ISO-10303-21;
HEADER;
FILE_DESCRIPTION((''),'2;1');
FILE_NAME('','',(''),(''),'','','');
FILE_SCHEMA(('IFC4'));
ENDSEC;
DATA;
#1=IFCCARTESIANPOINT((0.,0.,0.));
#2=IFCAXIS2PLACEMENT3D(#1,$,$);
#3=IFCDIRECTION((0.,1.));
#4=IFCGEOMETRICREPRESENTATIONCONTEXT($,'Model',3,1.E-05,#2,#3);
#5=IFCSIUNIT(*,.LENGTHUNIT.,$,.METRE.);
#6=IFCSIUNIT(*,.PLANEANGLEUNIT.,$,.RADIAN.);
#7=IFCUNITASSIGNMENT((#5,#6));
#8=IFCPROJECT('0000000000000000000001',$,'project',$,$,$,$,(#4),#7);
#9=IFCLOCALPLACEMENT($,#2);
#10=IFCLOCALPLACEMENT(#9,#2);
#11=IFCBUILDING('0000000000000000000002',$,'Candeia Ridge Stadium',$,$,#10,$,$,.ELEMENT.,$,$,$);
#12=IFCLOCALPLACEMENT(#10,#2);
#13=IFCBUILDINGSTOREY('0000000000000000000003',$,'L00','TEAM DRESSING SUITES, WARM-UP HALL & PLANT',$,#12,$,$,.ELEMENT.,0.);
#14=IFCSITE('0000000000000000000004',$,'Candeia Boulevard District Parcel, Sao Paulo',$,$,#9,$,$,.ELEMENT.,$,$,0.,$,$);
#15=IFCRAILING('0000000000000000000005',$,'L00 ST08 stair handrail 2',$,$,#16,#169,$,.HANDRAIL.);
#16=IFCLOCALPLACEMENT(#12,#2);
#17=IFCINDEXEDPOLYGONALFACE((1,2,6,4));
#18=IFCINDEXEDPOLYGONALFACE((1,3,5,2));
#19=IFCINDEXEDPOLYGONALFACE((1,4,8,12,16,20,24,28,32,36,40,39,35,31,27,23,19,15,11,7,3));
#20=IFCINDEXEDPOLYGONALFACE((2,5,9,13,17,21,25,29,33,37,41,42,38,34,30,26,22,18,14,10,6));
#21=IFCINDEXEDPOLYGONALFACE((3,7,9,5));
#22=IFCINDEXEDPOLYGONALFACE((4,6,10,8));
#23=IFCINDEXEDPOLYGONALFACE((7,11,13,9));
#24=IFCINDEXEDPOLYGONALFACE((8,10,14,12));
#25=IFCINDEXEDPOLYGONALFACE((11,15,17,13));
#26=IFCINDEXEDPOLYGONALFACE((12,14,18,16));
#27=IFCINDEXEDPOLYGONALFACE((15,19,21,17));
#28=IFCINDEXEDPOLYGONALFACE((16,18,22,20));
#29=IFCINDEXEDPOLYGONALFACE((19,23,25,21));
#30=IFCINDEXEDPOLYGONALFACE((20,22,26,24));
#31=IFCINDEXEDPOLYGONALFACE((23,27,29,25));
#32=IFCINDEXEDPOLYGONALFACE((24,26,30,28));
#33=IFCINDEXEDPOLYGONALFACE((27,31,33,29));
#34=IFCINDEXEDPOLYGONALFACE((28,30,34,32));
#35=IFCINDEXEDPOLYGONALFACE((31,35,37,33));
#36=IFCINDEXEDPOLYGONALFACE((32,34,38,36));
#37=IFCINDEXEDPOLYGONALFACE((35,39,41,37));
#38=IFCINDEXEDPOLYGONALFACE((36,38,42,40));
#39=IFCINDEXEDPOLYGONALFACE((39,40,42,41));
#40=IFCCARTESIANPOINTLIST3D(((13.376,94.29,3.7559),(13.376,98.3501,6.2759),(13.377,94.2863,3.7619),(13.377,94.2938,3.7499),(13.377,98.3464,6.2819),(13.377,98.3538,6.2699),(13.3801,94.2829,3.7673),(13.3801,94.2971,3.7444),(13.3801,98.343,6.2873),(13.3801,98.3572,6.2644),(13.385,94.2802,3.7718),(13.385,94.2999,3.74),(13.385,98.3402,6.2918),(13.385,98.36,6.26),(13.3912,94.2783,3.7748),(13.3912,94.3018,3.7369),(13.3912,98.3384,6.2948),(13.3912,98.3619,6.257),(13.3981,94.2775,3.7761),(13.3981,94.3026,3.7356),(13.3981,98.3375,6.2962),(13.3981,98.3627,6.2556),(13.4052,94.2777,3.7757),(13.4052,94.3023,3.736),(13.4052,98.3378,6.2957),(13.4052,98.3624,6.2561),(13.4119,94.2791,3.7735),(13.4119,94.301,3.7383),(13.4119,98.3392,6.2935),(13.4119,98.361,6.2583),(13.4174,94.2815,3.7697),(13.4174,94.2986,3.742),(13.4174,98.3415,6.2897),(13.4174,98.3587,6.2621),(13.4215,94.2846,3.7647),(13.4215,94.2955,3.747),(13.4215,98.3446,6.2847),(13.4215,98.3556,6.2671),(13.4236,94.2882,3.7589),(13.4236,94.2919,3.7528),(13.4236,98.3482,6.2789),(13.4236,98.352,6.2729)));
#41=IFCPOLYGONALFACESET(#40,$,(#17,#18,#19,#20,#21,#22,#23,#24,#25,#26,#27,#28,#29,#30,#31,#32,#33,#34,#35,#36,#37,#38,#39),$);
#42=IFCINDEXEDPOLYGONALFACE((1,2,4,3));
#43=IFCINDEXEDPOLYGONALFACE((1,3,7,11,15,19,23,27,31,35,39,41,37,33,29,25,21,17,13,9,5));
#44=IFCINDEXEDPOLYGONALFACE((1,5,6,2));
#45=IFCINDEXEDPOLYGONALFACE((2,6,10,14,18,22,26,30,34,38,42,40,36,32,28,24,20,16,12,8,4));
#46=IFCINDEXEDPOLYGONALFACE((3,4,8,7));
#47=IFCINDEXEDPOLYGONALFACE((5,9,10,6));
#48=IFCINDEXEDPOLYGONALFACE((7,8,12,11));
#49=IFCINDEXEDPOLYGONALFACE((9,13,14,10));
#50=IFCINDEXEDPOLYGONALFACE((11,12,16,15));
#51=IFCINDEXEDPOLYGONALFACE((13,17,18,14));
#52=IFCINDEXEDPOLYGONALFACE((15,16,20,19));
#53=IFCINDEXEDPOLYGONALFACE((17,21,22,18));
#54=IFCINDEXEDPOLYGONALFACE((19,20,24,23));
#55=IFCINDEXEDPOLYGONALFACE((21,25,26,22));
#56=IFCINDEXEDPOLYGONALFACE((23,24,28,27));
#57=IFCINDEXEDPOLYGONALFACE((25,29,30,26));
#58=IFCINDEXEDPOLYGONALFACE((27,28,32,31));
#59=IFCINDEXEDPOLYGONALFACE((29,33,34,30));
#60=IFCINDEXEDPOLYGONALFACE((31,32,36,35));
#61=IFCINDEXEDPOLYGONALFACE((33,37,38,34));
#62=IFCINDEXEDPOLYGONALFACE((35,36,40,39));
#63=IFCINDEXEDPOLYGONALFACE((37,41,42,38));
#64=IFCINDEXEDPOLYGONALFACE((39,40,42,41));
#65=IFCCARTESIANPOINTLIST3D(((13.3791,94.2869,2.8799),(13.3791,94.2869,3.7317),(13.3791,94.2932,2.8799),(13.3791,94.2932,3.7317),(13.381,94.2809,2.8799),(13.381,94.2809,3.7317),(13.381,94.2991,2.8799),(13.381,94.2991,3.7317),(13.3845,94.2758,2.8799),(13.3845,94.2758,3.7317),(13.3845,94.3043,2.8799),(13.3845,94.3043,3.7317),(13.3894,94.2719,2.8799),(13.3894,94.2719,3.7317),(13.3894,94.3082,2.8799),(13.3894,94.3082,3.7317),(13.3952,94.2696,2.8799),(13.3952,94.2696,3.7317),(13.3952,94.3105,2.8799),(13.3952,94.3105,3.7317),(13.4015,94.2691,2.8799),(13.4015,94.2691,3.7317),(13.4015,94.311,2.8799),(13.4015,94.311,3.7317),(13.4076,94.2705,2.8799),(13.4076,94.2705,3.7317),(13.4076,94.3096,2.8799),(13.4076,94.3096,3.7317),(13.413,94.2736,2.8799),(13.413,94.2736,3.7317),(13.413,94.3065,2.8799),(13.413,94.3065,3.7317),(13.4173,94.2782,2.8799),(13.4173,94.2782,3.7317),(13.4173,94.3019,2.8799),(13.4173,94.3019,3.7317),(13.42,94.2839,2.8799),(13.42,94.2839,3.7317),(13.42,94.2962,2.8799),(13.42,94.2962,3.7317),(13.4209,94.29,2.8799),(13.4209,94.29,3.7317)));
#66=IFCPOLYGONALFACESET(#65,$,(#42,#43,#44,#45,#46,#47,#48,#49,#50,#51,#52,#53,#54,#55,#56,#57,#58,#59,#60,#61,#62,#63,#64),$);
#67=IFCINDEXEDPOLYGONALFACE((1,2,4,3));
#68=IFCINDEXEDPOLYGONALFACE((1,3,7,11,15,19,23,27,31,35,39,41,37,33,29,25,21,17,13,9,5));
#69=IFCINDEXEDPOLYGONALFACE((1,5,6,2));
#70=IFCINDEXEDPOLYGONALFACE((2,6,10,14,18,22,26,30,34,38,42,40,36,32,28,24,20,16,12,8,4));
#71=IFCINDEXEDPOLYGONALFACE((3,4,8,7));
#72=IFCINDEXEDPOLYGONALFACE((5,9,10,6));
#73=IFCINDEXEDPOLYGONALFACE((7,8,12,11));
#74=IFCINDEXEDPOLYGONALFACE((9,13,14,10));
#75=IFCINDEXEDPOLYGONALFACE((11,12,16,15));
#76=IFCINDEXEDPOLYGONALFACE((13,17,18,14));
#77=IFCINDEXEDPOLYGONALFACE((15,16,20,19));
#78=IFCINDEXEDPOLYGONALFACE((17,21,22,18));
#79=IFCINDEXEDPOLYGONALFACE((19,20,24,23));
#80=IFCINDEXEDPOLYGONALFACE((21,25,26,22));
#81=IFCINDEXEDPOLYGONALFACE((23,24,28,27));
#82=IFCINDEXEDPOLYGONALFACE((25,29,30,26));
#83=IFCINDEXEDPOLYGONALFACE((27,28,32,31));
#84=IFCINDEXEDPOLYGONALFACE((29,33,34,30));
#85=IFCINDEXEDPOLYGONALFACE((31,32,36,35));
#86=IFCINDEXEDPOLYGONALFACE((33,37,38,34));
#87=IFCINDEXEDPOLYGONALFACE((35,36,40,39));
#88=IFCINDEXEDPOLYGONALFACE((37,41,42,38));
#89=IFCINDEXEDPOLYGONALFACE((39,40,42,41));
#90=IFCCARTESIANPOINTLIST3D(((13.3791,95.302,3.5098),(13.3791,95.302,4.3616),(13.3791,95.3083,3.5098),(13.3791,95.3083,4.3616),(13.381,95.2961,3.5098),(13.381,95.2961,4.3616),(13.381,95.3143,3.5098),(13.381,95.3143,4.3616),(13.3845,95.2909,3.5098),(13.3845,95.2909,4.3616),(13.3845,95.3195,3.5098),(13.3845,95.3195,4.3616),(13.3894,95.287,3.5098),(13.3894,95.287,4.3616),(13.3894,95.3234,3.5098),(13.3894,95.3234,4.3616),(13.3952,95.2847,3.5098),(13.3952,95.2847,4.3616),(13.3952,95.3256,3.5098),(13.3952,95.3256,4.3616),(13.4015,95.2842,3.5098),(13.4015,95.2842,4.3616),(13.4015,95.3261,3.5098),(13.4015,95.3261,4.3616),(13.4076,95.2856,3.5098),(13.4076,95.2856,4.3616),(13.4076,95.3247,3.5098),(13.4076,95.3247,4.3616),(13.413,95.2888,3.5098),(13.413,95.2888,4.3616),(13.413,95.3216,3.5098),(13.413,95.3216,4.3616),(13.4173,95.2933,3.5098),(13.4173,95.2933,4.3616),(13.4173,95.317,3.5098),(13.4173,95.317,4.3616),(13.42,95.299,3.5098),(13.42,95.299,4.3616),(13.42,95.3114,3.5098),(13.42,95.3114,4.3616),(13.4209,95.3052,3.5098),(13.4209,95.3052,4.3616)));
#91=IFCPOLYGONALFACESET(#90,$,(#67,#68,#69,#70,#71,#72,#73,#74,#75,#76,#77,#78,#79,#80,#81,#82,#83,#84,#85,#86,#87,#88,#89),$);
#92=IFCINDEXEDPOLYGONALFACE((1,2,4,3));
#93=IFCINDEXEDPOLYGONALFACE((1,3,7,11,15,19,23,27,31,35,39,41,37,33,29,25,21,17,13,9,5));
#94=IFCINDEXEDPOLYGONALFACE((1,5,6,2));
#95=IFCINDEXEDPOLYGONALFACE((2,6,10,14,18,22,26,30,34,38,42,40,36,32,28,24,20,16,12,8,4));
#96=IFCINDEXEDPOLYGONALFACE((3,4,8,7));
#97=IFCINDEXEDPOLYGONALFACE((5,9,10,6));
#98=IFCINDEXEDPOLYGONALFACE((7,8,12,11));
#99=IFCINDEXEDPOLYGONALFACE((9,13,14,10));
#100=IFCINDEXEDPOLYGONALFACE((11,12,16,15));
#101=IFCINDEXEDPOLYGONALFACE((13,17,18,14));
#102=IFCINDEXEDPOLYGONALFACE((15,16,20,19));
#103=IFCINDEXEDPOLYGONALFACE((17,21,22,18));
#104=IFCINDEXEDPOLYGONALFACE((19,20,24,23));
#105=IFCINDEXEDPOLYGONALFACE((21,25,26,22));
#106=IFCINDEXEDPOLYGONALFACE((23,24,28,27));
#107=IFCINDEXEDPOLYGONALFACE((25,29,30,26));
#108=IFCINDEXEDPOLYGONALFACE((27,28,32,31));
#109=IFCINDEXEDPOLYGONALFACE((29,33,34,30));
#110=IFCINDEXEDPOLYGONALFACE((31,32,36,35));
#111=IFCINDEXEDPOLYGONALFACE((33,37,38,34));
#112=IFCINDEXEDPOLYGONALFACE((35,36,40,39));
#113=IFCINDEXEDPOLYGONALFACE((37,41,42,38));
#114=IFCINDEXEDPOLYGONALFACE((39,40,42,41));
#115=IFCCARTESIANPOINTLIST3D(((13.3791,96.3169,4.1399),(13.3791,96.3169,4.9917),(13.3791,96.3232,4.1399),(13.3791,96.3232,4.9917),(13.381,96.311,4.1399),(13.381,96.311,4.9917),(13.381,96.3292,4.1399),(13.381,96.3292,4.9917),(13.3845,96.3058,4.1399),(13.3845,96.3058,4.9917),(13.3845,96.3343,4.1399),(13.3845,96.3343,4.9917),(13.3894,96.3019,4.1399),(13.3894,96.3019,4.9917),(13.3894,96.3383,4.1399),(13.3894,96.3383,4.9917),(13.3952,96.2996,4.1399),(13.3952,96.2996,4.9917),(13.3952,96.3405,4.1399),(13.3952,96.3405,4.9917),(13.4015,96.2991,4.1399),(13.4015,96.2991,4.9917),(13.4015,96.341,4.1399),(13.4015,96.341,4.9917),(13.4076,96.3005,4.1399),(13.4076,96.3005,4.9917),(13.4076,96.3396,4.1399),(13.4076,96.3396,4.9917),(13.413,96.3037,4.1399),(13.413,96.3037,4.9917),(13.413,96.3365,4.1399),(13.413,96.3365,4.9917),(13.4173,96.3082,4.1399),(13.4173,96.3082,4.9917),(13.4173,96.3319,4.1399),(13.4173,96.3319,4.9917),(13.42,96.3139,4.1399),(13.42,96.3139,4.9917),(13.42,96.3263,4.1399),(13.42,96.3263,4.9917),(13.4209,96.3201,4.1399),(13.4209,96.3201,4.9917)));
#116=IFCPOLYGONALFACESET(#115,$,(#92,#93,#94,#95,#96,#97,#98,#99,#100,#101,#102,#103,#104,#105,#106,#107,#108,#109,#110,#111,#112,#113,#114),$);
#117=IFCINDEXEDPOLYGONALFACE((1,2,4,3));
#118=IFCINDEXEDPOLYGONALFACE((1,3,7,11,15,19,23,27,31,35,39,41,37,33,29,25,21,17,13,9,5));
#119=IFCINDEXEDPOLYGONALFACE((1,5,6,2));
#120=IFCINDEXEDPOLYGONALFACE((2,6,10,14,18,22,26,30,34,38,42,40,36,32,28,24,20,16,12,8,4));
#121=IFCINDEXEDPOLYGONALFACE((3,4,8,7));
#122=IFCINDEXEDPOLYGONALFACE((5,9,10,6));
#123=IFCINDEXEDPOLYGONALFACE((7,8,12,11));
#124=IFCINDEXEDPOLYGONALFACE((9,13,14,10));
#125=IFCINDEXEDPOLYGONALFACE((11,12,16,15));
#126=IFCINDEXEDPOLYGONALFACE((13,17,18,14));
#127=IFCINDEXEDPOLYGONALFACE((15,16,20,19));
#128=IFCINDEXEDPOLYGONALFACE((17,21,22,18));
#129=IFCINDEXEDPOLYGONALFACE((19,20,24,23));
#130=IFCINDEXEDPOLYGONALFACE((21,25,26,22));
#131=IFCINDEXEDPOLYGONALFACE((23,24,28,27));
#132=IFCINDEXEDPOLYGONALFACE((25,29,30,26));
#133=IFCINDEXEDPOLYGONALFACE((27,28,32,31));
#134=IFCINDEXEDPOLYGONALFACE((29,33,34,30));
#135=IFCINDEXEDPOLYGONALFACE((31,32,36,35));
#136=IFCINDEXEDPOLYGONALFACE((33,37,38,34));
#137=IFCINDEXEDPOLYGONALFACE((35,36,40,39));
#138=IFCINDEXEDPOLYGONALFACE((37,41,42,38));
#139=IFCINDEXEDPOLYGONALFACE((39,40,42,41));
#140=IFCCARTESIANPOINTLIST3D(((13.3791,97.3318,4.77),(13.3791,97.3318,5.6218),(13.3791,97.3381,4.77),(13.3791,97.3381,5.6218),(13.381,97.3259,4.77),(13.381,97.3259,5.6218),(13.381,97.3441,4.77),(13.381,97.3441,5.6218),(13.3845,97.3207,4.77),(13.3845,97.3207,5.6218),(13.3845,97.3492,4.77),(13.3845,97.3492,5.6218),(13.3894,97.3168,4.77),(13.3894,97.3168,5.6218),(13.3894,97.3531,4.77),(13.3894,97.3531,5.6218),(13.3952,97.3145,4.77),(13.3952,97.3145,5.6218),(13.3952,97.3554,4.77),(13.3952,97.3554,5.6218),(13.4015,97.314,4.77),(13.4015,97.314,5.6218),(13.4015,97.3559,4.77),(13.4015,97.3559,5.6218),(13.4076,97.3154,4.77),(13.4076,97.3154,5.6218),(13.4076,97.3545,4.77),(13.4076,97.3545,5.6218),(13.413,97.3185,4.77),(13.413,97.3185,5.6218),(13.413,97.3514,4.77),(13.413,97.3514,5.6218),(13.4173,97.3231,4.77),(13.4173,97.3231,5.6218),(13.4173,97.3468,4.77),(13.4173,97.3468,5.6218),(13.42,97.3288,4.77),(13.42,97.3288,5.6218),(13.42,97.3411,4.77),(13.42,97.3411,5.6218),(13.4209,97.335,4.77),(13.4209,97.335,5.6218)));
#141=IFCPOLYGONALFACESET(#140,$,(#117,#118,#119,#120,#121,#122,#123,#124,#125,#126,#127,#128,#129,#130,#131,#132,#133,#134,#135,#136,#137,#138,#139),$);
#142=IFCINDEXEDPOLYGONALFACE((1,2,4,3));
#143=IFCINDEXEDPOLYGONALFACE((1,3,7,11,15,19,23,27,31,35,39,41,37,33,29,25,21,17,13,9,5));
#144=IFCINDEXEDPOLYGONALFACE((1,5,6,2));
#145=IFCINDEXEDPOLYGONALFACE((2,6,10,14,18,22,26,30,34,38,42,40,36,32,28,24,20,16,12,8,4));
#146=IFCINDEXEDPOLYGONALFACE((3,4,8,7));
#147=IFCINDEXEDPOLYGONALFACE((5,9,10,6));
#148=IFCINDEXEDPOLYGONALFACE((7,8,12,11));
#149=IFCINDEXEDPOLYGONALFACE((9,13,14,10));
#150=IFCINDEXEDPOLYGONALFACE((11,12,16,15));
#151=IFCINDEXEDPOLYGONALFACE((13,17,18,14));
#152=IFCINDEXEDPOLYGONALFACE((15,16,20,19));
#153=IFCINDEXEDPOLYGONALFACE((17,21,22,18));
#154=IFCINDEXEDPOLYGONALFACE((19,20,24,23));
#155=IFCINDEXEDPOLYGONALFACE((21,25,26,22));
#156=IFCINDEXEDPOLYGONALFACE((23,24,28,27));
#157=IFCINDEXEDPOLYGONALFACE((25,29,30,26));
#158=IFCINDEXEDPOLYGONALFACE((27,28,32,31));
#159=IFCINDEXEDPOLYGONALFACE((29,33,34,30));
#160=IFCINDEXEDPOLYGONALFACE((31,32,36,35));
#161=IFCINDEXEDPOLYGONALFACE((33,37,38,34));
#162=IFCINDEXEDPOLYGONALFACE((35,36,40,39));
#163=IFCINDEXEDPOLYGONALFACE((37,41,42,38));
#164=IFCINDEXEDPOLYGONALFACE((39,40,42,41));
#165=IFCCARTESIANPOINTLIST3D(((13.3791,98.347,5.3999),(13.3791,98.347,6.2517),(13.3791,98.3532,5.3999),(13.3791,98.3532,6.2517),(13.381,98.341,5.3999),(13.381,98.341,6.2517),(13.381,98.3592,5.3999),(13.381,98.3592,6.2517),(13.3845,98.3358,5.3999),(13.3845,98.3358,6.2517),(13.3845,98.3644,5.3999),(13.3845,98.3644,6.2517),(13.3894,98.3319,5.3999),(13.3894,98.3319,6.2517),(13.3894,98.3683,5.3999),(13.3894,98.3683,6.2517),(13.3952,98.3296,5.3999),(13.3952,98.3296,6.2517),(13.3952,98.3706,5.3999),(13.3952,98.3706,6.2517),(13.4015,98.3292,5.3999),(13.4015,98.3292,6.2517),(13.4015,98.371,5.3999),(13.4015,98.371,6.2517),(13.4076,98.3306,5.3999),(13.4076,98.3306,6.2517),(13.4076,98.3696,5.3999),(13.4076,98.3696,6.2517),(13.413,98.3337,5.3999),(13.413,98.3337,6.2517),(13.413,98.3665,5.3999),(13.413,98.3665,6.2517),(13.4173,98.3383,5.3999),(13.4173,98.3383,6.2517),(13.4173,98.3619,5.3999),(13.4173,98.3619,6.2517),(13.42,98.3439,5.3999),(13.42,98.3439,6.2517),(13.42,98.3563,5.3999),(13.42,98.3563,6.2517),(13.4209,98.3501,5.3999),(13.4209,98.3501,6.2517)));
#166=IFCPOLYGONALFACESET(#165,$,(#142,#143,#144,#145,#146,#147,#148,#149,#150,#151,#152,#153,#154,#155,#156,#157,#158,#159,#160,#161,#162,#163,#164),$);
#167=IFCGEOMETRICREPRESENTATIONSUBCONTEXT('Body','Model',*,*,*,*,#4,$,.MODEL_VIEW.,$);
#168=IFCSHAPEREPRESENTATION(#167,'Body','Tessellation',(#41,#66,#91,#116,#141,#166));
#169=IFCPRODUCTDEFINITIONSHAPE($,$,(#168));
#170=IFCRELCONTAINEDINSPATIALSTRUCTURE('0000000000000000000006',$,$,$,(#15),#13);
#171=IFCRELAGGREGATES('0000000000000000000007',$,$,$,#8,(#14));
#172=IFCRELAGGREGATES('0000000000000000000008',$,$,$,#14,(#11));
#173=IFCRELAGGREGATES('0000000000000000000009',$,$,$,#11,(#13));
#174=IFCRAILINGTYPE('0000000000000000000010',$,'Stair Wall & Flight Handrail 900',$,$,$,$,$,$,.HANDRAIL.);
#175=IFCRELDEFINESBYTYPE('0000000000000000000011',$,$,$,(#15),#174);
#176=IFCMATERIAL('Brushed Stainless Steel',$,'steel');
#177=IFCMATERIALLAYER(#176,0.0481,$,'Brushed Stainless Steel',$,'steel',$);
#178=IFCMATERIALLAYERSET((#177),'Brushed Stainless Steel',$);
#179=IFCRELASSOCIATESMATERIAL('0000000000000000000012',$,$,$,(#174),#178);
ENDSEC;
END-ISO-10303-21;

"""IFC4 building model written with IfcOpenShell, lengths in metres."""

from ifc_helpers import new_model, si_unit, direction, frame, origin, origin_2d, place, context, subcontext, project, spatial, circle, extrude, material, layer, layer_set, type_object, element, save


model = new_model("IFC4")

# Units and contexts
model_context = context("Model", 3, precision=1e-05, world=origin(), true_north=direction((0.0, 1.0)))
body_context = subcontext(model_context, "Body", "Model", "MODEL_VIEW")
ifc_project = project(units=[si_unit("LENGTHUNIT", "METRE"), si_unit("PLANEANGLEUNIT", "RADIAN")], contexts=[model_context])

# Site, building, storey
site_placement = place(None, origin())
site = spatial("IfcSite", under=ifc_project, at=site_placement, Name="Candeia Boulevard District Parcel, Sao Paulo", CompositionType="ELEMENT", RefElevation=0.0)
building_placement = place(site_placement, origin())
building = spatial("IfcBuilding", under=site, at=building_placement, Name="Candeia Ridge Stadium", CompositionType="ELEMENT")
storey_placement = place(building_placement, origin())
storey = spatial("IfcBuildingStorey", under=building, at=storey_placement, Name="L00", Description="TEAM DRESSING SUITES, WARM-UP HALL & PLANT", CompositionType="ELEMENT", Elevation=0.0)

# Railing
ifc_material_1 = material(Name="Brushed Stainless Steel", Category="steel")
ifc_layer_1 = layer(ifc_material_1, 0.0481, Name="Brushed Stainless Steel", Category="steel")
ifc_layer_set_1 = layer_set([ifc_layer_1], Name="Brushed Stainless Steel")
railing_type_1 = type_object("IfcRailingType", Name="Stair Wall & Flight Handrail 900", PredefinedType="HANDRAIL", material=ifc_layer_set_1)
railing_1_placement = place(storey_placement, frame((13.3999, 94.29, 2.8799)))
element("IfcRailing", 1, at=railing_1_placement, inside=storey, type_object=railing_type_1, Name="L00 ST08 stair handrail 2", PredefinedType="HANDRAIL", context=body_context, shape_type="SweptSolid", body=[
    extrude(circle(Radius=0.0239, at=origin_2d()), frame((0.0, 0.0, 0.876), z_axis=(0.0, 0.849642, 0.52736), x_axis=(-1.0, 0.0, 0.0)), (0.0, 0.0, 1.0), 4.7786),
    extrude(circle(Radius=0.021, at=origin_2d()), origin(), (0.0, 0.0, 1.0), 0.8518),
    extrude(circle(Radius=0.021, at=origin_2d()), frame((0.0, 1.0151, 0.6299)), (0.0, 0.0, 1.0), 0.8518),
    extrude(circle(Radius=0.021, at=origin_2d()), frame((0.0, 2.03, 1.26)), (0.0, 0.0, 1.0), 0.8518),
    extrude(circle(Radius=0.021, at=origin_2d()), frame((0.0, 3.0449, 1.8901)), (0.0, 0.0, 1.0), 0.8518),
    extrude(circle(Radius=0.021, at=origin_2d()), frame((0.0, 4.0601, 2.52)), (0.0, 0.0, 1.0), 0.8518),
])

save(model, "model.ifc")
